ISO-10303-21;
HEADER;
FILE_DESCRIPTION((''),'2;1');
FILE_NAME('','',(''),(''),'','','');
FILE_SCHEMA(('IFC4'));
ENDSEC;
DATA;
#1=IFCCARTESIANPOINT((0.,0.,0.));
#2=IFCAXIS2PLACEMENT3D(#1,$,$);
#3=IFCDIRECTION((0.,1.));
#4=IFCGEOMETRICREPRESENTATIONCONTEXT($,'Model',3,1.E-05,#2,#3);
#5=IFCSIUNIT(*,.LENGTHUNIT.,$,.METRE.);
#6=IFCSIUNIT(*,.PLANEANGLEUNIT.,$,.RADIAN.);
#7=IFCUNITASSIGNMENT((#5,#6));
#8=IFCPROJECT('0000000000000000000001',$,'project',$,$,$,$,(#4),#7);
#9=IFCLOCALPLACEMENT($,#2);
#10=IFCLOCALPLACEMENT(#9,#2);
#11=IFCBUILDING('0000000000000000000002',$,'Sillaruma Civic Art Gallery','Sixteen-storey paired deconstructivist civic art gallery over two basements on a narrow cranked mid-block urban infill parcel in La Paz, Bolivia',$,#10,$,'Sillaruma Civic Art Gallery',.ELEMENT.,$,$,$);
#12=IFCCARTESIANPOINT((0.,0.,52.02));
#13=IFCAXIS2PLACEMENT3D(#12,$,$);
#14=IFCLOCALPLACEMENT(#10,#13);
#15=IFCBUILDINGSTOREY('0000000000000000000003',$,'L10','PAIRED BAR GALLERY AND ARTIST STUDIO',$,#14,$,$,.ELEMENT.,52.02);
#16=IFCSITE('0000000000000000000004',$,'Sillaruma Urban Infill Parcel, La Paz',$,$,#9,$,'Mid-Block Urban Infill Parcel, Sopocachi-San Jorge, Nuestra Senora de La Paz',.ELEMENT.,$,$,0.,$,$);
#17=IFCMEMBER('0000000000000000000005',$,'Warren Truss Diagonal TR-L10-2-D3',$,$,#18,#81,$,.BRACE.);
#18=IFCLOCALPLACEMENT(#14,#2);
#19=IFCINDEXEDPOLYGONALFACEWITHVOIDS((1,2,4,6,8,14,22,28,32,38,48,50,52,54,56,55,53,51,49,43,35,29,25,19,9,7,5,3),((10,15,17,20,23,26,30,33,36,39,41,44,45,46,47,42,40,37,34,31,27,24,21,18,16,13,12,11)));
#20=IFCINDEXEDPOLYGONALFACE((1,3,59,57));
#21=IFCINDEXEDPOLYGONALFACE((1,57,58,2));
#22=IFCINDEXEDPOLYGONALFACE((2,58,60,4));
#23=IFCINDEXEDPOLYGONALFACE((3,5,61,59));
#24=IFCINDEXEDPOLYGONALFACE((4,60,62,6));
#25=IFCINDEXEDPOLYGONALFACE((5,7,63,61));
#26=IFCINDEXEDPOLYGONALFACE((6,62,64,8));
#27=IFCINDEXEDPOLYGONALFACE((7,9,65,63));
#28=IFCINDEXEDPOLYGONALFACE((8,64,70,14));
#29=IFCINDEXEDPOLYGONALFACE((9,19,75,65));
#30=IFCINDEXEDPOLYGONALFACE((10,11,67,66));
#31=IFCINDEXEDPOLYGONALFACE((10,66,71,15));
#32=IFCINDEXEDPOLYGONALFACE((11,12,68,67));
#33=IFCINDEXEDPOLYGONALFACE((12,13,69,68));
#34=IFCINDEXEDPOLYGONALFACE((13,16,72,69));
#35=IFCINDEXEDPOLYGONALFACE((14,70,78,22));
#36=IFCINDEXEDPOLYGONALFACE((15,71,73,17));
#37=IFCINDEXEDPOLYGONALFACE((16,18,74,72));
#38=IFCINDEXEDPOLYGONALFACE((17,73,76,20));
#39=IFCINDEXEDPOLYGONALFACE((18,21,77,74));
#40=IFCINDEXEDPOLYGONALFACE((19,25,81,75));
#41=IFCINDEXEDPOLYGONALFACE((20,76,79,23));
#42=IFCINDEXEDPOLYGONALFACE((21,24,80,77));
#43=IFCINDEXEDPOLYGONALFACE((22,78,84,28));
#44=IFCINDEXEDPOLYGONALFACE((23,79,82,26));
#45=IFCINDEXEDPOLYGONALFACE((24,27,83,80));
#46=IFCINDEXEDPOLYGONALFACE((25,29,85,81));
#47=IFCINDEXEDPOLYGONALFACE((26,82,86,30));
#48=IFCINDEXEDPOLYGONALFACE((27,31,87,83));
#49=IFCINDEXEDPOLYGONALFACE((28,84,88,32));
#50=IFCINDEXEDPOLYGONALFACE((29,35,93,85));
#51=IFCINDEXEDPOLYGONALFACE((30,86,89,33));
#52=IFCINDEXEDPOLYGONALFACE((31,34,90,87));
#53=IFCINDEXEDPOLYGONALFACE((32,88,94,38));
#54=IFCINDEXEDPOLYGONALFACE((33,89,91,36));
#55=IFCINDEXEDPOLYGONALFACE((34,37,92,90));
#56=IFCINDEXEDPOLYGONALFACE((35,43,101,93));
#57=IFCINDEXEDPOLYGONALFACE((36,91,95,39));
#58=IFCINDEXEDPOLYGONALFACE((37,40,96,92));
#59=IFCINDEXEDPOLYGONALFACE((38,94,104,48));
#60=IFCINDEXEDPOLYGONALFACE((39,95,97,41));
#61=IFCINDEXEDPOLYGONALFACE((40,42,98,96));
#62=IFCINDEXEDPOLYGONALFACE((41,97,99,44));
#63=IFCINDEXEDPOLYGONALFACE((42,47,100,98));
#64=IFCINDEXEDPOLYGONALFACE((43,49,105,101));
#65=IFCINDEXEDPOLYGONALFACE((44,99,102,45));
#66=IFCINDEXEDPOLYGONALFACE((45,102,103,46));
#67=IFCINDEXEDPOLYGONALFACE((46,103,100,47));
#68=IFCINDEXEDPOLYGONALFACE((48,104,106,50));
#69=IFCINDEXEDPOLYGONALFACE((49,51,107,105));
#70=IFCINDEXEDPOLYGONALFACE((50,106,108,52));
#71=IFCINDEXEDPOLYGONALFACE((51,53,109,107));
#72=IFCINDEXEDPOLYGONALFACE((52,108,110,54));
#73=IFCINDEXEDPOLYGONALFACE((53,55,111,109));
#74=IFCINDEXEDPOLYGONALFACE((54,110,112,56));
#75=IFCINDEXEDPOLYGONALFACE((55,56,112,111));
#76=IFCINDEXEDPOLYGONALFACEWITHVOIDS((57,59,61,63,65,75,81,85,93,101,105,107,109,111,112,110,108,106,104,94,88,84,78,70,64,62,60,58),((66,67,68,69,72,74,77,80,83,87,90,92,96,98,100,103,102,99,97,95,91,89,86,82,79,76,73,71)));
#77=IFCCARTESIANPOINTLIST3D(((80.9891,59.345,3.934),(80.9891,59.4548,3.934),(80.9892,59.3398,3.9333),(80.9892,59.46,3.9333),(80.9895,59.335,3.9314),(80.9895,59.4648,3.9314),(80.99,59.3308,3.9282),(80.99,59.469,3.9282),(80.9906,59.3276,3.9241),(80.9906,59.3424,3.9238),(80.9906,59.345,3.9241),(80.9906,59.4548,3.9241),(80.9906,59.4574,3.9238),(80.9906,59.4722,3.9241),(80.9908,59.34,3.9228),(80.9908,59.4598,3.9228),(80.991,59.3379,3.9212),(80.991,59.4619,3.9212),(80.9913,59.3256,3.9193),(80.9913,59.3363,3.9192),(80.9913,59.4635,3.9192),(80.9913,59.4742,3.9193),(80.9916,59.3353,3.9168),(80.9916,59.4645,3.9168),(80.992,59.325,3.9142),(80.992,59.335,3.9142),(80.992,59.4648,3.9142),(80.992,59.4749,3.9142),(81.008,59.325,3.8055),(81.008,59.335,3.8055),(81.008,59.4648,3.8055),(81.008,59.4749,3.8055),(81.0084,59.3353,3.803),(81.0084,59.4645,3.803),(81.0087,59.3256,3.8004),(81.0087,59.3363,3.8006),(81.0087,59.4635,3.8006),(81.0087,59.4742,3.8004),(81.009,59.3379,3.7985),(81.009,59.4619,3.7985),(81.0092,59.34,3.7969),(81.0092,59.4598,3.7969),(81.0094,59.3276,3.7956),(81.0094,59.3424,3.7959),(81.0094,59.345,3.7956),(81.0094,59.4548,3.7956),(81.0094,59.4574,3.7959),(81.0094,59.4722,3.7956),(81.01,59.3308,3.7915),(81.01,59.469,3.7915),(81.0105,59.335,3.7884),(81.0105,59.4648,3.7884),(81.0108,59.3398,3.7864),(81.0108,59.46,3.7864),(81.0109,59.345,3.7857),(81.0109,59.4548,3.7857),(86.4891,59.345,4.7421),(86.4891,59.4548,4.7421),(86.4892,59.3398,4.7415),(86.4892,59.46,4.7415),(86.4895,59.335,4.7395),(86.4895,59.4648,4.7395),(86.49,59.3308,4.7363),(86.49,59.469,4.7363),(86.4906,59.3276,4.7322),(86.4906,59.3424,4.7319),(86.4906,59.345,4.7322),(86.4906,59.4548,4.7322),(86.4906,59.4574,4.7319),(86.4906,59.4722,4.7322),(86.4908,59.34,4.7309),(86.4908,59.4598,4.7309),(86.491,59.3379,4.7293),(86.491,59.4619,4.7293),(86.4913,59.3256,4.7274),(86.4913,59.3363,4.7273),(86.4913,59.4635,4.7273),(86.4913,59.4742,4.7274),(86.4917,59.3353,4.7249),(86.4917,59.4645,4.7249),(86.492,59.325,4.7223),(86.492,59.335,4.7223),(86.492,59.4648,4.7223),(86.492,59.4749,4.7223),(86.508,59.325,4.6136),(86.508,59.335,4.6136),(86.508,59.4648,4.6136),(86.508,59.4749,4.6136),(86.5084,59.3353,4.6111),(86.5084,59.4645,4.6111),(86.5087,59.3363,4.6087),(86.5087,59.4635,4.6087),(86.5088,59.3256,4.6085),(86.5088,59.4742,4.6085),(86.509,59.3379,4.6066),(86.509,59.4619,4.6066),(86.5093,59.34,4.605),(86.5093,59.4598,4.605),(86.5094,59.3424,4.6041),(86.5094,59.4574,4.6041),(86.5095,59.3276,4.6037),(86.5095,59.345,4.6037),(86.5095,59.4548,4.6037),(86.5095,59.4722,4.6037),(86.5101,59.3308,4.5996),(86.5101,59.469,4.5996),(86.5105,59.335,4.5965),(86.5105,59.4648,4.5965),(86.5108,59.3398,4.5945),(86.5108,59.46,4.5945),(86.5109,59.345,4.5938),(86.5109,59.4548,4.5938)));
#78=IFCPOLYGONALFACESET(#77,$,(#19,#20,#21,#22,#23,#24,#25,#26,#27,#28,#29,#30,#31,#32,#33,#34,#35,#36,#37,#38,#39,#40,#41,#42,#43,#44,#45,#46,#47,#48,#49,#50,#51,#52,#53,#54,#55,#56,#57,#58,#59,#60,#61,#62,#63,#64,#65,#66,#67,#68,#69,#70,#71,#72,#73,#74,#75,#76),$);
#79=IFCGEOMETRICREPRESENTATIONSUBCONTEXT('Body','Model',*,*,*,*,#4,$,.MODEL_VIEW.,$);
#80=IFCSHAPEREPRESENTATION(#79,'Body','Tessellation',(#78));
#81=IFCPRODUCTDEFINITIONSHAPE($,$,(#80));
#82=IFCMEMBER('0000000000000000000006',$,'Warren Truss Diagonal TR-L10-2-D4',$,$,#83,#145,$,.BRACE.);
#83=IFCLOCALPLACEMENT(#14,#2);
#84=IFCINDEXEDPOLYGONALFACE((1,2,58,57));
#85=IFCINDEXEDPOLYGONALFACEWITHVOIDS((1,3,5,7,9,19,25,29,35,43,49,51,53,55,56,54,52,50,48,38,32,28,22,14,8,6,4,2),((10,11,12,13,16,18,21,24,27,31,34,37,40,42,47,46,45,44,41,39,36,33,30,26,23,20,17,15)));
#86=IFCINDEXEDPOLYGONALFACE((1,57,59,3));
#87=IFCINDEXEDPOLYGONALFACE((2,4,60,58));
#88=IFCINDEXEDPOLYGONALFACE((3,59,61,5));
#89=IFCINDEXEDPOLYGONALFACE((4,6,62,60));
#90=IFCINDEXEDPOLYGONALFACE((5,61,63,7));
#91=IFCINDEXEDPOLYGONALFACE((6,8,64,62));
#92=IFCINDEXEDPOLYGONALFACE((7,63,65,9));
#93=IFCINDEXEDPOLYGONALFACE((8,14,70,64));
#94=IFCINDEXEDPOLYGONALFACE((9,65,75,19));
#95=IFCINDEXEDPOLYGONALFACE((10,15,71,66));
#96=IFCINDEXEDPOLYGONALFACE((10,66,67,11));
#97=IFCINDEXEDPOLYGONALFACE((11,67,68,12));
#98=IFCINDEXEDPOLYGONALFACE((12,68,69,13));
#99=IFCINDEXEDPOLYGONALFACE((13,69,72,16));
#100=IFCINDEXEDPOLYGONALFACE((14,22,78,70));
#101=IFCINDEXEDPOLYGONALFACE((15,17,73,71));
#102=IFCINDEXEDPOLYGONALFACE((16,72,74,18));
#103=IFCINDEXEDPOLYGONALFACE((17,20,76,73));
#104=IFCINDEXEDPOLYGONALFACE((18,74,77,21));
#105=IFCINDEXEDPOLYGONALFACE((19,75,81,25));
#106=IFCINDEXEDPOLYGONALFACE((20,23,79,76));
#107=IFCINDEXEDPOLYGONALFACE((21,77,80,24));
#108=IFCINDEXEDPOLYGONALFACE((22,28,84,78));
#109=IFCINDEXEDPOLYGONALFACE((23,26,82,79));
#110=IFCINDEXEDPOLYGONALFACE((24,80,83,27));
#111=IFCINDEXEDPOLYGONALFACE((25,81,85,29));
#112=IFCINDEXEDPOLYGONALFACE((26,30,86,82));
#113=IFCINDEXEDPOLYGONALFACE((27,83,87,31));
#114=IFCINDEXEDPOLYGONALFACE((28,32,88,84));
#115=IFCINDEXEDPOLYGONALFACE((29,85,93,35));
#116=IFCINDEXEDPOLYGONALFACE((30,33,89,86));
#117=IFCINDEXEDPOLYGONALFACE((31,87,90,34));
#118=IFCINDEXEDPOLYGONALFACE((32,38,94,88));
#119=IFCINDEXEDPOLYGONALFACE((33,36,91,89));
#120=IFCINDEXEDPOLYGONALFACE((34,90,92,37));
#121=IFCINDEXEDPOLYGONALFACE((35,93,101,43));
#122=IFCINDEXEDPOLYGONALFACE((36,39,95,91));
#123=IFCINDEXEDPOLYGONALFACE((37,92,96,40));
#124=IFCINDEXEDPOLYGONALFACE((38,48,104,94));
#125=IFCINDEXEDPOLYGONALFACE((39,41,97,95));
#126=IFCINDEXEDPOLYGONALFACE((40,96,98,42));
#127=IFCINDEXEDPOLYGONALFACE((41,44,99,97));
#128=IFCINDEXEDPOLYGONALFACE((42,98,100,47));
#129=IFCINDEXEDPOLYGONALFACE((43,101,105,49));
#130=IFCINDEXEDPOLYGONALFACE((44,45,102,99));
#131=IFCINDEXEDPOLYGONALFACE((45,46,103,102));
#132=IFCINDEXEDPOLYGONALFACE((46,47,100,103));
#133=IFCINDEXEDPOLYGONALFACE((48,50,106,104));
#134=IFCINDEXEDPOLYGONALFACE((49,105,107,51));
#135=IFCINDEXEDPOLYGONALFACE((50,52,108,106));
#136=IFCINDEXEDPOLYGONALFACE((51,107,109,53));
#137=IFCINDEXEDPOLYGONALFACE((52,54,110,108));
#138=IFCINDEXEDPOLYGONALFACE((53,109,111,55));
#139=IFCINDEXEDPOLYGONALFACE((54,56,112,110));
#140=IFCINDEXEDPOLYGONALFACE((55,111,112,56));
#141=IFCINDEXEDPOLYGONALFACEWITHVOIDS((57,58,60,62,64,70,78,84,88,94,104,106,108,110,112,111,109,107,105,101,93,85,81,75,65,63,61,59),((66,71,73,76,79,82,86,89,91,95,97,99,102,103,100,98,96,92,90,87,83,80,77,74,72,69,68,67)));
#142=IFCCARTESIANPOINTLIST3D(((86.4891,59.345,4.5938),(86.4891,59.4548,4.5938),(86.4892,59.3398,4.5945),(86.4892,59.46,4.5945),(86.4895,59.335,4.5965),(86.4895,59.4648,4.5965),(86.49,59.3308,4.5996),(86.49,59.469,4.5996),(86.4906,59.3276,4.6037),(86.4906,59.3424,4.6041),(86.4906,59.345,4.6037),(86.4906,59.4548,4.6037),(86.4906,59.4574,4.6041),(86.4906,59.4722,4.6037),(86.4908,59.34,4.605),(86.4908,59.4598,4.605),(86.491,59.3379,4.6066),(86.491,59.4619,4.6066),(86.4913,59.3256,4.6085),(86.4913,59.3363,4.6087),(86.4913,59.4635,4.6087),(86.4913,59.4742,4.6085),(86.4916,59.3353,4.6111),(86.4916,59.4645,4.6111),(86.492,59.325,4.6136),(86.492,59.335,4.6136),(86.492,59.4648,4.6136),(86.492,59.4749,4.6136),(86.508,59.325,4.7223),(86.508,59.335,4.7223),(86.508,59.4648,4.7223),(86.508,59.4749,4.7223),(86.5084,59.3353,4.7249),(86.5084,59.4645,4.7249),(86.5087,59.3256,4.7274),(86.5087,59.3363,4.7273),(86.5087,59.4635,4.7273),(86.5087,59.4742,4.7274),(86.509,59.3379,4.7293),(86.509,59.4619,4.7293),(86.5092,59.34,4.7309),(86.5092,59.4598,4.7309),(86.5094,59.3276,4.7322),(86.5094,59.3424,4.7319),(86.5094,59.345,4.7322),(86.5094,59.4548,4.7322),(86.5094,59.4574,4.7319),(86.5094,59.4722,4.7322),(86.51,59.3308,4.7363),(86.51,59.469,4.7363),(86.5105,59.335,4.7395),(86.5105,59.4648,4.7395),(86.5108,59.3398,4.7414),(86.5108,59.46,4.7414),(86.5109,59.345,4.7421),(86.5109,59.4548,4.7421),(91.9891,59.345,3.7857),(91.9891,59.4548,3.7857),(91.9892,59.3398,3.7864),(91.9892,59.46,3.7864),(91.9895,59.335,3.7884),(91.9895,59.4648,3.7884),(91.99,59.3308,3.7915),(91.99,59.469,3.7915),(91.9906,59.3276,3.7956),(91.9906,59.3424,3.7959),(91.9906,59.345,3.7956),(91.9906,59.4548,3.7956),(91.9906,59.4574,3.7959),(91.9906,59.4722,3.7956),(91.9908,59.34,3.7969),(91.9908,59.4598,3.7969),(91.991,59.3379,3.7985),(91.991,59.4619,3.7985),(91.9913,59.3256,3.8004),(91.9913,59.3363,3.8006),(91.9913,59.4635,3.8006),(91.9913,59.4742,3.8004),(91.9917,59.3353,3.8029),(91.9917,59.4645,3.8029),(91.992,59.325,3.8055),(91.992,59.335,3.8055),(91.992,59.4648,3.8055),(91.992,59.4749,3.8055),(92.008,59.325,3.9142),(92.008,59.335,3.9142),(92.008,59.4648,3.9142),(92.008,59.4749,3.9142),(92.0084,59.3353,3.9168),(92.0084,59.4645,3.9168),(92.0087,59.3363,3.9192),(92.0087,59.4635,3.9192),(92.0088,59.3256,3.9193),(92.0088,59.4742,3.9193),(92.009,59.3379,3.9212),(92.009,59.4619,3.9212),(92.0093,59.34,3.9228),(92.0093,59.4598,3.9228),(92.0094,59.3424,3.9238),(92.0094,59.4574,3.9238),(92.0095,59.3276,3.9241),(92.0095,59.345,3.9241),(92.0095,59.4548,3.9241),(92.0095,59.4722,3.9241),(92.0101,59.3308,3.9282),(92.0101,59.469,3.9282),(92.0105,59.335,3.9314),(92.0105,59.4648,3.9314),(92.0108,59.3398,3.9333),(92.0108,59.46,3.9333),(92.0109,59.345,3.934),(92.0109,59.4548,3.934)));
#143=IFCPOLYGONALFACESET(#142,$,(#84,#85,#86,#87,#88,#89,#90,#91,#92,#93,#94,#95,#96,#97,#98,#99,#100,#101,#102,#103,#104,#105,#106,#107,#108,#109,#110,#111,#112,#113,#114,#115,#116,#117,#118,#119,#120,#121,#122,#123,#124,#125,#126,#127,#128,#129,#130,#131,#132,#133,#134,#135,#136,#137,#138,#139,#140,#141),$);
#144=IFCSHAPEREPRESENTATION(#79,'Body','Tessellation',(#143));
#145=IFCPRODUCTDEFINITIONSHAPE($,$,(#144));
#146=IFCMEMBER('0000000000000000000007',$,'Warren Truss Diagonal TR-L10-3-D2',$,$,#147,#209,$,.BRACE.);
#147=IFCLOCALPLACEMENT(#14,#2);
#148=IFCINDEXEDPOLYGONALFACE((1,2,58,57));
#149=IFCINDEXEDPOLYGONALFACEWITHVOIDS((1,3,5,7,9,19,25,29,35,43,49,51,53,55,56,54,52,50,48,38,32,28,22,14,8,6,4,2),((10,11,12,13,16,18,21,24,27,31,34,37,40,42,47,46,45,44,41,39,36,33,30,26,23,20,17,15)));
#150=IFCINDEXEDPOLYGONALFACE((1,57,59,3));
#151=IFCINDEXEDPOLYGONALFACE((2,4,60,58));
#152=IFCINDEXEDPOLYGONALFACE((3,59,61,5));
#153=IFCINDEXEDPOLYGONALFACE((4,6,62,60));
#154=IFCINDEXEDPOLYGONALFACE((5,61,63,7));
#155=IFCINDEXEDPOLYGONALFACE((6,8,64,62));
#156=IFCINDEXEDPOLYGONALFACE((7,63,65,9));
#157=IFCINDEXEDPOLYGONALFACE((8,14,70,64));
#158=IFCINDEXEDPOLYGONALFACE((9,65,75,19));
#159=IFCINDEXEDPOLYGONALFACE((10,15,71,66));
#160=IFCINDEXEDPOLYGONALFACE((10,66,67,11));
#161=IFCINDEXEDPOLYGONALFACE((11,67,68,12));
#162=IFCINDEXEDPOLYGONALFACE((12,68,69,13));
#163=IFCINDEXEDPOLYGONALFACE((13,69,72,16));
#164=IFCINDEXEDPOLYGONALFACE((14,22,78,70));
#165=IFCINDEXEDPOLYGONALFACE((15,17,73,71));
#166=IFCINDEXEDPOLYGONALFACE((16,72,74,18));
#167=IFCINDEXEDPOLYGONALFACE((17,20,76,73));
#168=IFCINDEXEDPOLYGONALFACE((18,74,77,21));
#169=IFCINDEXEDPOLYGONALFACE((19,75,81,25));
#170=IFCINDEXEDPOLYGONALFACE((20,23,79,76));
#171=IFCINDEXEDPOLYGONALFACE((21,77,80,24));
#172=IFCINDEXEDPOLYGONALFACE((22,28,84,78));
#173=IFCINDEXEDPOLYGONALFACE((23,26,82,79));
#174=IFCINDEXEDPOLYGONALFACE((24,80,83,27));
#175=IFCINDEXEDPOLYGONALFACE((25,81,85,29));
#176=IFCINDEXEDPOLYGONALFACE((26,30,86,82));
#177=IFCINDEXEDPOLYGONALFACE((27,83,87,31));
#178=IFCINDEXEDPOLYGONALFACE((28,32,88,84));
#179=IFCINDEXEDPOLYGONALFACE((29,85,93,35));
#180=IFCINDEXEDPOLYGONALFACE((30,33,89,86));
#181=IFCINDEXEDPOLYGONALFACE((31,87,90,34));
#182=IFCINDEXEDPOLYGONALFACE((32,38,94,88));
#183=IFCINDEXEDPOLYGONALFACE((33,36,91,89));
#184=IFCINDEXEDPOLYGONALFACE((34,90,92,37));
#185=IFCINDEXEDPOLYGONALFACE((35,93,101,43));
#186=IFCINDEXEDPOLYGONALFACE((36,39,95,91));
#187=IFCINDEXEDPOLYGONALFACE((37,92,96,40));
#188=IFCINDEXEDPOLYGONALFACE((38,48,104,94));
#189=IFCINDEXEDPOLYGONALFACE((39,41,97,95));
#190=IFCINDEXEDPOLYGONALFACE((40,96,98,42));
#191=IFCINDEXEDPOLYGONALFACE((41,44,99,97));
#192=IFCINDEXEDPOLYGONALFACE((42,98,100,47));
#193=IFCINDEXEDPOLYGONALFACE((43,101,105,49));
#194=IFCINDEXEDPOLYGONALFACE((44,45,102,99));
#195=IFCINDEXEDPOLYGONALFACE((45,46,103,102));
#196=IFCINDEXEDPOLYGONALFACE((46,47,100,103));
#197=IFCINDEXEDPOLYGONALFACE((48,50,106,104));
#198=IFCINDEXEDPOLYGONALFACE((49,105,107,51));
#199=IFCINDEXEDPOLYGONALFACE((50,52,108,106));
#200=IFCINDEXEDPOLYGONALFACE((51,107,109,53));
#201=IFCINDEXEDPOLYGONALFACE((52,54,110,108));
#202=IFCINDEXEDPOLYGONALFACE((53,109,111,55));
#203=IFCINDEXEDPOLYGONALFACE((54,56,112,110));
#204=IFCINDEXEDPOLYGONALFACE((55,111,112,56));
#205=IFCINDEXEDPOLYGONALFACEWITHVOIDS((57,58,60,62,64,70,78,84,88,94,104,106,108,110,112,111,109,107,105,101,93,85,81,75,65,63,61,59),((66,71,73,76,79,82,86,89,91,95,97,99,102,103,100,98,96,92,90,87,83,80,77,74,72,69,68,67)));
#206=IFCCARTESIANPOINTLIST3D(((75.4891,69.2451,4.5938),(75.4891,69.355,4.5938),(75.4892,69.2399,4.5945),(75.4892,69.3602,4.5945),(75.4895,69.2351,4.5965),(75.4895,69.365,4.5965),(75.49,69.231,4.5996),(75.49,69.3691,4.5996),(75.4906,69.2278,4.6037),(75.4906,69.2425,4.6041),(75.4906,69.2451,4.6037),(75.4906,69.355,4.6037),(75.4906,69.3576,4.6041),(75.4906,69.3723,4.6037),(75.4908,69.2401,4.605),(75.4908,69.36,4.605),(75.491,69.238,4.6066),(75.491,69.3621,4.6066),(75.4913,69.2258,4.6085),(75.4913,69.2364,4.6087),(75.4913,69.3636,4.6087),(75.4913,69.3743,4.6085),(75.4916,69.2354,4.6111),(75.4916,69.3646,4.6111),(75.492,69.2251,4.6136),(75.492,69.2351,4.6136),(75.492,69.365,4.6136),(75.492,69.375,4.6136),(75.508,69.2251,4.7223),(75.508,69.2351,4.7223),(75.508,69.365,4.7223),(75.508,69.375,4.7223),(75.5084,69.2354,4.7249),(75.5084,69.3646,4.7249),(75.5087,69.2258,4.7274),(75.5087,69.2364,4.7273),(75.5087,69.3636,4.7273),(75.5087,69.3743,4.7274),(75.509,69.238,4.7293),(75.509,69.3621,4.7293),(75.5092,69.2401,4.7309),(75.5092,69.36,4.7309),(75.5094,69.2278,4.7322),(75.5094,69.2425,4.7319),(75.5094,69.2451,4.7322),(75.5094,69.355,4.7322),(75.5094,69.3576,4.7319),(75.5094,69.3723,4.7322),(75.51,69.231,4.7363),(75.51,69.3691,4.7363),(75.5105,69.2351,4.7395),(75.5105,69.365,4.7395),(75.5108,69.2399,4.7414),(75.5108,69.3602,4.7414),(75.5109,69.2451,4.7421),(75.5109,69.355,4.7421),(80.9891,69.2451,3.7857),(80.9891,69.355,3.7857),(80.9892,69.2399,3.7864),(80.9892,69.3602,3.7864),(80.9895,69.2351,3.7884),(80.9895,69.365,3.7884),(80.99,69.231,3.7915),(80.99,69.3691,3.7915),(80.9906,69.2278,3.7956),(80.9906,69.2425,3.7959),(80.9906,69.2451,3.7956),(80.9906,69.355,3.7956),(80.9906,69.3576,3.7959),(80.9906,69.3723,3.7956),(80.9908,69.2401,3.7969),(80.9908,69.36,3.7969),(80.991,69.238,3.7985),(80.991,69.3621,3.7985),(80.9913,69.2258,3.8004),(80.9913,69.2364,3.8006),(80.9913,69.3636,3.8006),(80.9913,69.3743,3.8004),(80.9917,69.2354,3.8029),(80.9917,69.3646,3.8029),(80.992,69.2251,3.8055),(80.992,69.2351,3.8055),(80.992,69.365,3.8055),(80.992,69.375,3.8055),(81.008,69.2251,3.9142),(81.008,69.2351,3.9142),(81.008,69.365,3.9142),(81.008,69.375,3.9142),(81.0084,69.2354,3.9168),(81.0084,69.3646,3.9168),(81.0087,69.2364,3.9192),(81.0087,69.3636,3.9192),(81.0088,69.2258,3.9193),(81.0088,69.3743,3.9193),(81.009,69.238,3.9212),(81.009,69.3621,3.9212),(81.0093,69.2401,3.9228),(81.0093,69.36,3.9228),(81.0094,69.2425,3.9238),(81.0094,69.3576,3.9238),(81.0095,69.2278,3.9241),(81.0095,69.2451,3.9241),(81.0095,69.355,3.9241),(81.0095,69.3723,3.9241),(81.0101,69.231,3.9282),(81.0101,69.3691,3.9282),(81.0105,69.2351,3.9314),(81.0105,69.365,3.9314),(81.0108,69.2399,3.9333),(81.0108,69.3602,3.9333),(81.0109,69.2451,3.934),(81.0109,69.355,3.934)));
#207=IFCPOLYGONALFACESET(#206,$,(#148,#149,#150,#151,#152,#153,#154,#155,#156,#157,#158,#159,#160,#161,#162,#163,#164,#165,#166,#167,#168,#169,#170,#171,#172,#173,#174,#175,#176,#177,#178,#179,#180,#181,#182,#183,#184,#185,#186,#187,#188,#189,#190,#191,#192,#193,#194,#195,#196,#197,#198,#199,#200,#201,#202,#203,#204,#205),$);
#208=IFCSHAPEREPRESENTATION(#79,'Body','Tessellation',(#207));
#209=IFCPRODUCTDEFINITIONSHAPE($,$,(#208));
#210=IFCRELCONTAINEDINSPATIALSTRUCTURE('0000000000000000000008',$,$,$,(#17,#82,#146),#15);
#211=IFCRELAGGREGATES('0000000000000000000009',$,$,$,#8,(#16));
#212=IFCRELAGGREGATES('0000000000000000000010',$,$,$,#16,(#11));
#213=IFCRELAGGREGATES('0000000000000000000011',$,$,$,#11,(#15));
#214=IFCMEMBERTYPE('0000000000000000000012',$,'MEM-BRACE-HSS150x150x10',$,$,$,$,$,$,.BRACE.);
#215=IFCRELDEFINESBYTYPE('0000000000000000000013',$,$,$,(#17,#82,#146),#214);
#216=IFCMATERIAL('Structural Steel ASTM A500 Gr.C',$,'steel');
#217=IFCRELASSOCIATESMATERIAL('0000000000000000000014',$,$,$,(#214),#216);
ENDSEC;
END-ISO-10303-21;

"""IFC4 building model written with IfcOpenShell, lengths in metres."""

from ifc_helpers import new_model, si_unit, direction, frame, origin, origin_2d, place, context, subcontext, project, spatial, hollow_rectangle, extrude, material, material_profile, profile_set, type_object, element, save


model = new_model("IFC4")

# Units and contexts
model_context = context("Model", 3, precision=1e-05, world=origin(), true_north=direction((0.0, 1.0)))
body_context = subcontext(model_context, "Body", "Model", "MODEL_VIEW")
ifc_project = project(units=[si_unit("LENGTHUNIT", "METRE"), si_unit("PLANEANGLEUNIT", "RADIAN")], contexts=[model_context])

# Site, building, storey
site_placement = place(None, origin())
site = spatial("IfcSite", under=ifc_project, at=site_placement, Name="Sillaruma Urban Infill Parcel, La Paz", LongName="Mid-Block Urban Infill Parcel, Sopocachi-San Jorge, Nuestra Senora de La Paz", CompositionType="ELEMENT", RefElevation=0.0)
building_placement = place(site_placement, origin())
building = spatial("IfcBuilding", under=site, at=building_placement, Name="Sillaruma Civic Art Gallery", Description="Sixteen-storey paired deconstructivist civic art gallery over two basements on a narrow cranked mid-block urban infill parcel in La Paz, Bolivia", LongName="Sillaruma Civic Art Gallery", CompositionType="ELEMENT")
storey_placement = place(building_placement, frame((0.0, 0.0, 52.02)))
storey = spatial("IfcBuildingStorey", under=building, at=storey_placement, Name="L10", Description="PAIRED BAR GALLERY AND ARTIST STUDIO", CompositionType="ELEMENT", Elevation=52.02)

# Members
ifc_material_1 = material(Name="Structural Steel ASTM A500 Gr.C", Category="steel")
ifc_material_profile_1 = material_profile(ifc_material_1, hollow_rectangle(XDim=0.1499, YDim=0.1499, WallThickness=0.01, InnerFilletRadius=0.01, OuterFilletRadius=0.02, at=origin_2d()), Name="HSS150x150x10")
ifc_profile_set_1 = profile_set([ifc_material_profile_1], Name="Structural Steel ASTM A500 Gr.C")
member_type_1 = type_object("IfcMemberType", Name="MEM-BRACE-HSS150x150x10", PredefinedType="BRACE", material=ifc_profile_set_1)
for number, where, z_axis, x_axis, name in (
    (1, (81.0, 59.3999, 3.8599), (0.989378, 0.0, 0.145368), (0.0, 1.0, 0.0), "Warren Truss Diagonal TR-L10-2-D3"),
    (2, (86.5, 59.3999, 4.668), (0.989378, 0.0, -0.145368), (0.0, 1.0, 0.0), "Warren Truss Diagonal TR-L10-2-D4"),
    (3, (75.5, 69.3, 4.668), (0.989378, 0.0, -0.145368), (0.0, 1.0, 0.0), "Warren Truss Diagonal TR-L10-3-D2"),
):
    element("IfcMember", number, at=place(storey_placement, frame(where, z_axis=z_axis, x_axis=x_axis)), inside=storey, type_object=member_type_1, Name=name, PredefinedType="BRACE", context=body_context, shape_type="SweptSolid", body=[
        extrude(hollow_rectangle(XDim=0.1499, YDim=0.1499, WallThickness=0.01, InnerFilletRadius=0.01, OuterFilletRadius=0.02, at=origin_2d()), origin(), (0.0, 0.0, 1.0), 5.5591),
    ])

save(model, "model.ifc")
